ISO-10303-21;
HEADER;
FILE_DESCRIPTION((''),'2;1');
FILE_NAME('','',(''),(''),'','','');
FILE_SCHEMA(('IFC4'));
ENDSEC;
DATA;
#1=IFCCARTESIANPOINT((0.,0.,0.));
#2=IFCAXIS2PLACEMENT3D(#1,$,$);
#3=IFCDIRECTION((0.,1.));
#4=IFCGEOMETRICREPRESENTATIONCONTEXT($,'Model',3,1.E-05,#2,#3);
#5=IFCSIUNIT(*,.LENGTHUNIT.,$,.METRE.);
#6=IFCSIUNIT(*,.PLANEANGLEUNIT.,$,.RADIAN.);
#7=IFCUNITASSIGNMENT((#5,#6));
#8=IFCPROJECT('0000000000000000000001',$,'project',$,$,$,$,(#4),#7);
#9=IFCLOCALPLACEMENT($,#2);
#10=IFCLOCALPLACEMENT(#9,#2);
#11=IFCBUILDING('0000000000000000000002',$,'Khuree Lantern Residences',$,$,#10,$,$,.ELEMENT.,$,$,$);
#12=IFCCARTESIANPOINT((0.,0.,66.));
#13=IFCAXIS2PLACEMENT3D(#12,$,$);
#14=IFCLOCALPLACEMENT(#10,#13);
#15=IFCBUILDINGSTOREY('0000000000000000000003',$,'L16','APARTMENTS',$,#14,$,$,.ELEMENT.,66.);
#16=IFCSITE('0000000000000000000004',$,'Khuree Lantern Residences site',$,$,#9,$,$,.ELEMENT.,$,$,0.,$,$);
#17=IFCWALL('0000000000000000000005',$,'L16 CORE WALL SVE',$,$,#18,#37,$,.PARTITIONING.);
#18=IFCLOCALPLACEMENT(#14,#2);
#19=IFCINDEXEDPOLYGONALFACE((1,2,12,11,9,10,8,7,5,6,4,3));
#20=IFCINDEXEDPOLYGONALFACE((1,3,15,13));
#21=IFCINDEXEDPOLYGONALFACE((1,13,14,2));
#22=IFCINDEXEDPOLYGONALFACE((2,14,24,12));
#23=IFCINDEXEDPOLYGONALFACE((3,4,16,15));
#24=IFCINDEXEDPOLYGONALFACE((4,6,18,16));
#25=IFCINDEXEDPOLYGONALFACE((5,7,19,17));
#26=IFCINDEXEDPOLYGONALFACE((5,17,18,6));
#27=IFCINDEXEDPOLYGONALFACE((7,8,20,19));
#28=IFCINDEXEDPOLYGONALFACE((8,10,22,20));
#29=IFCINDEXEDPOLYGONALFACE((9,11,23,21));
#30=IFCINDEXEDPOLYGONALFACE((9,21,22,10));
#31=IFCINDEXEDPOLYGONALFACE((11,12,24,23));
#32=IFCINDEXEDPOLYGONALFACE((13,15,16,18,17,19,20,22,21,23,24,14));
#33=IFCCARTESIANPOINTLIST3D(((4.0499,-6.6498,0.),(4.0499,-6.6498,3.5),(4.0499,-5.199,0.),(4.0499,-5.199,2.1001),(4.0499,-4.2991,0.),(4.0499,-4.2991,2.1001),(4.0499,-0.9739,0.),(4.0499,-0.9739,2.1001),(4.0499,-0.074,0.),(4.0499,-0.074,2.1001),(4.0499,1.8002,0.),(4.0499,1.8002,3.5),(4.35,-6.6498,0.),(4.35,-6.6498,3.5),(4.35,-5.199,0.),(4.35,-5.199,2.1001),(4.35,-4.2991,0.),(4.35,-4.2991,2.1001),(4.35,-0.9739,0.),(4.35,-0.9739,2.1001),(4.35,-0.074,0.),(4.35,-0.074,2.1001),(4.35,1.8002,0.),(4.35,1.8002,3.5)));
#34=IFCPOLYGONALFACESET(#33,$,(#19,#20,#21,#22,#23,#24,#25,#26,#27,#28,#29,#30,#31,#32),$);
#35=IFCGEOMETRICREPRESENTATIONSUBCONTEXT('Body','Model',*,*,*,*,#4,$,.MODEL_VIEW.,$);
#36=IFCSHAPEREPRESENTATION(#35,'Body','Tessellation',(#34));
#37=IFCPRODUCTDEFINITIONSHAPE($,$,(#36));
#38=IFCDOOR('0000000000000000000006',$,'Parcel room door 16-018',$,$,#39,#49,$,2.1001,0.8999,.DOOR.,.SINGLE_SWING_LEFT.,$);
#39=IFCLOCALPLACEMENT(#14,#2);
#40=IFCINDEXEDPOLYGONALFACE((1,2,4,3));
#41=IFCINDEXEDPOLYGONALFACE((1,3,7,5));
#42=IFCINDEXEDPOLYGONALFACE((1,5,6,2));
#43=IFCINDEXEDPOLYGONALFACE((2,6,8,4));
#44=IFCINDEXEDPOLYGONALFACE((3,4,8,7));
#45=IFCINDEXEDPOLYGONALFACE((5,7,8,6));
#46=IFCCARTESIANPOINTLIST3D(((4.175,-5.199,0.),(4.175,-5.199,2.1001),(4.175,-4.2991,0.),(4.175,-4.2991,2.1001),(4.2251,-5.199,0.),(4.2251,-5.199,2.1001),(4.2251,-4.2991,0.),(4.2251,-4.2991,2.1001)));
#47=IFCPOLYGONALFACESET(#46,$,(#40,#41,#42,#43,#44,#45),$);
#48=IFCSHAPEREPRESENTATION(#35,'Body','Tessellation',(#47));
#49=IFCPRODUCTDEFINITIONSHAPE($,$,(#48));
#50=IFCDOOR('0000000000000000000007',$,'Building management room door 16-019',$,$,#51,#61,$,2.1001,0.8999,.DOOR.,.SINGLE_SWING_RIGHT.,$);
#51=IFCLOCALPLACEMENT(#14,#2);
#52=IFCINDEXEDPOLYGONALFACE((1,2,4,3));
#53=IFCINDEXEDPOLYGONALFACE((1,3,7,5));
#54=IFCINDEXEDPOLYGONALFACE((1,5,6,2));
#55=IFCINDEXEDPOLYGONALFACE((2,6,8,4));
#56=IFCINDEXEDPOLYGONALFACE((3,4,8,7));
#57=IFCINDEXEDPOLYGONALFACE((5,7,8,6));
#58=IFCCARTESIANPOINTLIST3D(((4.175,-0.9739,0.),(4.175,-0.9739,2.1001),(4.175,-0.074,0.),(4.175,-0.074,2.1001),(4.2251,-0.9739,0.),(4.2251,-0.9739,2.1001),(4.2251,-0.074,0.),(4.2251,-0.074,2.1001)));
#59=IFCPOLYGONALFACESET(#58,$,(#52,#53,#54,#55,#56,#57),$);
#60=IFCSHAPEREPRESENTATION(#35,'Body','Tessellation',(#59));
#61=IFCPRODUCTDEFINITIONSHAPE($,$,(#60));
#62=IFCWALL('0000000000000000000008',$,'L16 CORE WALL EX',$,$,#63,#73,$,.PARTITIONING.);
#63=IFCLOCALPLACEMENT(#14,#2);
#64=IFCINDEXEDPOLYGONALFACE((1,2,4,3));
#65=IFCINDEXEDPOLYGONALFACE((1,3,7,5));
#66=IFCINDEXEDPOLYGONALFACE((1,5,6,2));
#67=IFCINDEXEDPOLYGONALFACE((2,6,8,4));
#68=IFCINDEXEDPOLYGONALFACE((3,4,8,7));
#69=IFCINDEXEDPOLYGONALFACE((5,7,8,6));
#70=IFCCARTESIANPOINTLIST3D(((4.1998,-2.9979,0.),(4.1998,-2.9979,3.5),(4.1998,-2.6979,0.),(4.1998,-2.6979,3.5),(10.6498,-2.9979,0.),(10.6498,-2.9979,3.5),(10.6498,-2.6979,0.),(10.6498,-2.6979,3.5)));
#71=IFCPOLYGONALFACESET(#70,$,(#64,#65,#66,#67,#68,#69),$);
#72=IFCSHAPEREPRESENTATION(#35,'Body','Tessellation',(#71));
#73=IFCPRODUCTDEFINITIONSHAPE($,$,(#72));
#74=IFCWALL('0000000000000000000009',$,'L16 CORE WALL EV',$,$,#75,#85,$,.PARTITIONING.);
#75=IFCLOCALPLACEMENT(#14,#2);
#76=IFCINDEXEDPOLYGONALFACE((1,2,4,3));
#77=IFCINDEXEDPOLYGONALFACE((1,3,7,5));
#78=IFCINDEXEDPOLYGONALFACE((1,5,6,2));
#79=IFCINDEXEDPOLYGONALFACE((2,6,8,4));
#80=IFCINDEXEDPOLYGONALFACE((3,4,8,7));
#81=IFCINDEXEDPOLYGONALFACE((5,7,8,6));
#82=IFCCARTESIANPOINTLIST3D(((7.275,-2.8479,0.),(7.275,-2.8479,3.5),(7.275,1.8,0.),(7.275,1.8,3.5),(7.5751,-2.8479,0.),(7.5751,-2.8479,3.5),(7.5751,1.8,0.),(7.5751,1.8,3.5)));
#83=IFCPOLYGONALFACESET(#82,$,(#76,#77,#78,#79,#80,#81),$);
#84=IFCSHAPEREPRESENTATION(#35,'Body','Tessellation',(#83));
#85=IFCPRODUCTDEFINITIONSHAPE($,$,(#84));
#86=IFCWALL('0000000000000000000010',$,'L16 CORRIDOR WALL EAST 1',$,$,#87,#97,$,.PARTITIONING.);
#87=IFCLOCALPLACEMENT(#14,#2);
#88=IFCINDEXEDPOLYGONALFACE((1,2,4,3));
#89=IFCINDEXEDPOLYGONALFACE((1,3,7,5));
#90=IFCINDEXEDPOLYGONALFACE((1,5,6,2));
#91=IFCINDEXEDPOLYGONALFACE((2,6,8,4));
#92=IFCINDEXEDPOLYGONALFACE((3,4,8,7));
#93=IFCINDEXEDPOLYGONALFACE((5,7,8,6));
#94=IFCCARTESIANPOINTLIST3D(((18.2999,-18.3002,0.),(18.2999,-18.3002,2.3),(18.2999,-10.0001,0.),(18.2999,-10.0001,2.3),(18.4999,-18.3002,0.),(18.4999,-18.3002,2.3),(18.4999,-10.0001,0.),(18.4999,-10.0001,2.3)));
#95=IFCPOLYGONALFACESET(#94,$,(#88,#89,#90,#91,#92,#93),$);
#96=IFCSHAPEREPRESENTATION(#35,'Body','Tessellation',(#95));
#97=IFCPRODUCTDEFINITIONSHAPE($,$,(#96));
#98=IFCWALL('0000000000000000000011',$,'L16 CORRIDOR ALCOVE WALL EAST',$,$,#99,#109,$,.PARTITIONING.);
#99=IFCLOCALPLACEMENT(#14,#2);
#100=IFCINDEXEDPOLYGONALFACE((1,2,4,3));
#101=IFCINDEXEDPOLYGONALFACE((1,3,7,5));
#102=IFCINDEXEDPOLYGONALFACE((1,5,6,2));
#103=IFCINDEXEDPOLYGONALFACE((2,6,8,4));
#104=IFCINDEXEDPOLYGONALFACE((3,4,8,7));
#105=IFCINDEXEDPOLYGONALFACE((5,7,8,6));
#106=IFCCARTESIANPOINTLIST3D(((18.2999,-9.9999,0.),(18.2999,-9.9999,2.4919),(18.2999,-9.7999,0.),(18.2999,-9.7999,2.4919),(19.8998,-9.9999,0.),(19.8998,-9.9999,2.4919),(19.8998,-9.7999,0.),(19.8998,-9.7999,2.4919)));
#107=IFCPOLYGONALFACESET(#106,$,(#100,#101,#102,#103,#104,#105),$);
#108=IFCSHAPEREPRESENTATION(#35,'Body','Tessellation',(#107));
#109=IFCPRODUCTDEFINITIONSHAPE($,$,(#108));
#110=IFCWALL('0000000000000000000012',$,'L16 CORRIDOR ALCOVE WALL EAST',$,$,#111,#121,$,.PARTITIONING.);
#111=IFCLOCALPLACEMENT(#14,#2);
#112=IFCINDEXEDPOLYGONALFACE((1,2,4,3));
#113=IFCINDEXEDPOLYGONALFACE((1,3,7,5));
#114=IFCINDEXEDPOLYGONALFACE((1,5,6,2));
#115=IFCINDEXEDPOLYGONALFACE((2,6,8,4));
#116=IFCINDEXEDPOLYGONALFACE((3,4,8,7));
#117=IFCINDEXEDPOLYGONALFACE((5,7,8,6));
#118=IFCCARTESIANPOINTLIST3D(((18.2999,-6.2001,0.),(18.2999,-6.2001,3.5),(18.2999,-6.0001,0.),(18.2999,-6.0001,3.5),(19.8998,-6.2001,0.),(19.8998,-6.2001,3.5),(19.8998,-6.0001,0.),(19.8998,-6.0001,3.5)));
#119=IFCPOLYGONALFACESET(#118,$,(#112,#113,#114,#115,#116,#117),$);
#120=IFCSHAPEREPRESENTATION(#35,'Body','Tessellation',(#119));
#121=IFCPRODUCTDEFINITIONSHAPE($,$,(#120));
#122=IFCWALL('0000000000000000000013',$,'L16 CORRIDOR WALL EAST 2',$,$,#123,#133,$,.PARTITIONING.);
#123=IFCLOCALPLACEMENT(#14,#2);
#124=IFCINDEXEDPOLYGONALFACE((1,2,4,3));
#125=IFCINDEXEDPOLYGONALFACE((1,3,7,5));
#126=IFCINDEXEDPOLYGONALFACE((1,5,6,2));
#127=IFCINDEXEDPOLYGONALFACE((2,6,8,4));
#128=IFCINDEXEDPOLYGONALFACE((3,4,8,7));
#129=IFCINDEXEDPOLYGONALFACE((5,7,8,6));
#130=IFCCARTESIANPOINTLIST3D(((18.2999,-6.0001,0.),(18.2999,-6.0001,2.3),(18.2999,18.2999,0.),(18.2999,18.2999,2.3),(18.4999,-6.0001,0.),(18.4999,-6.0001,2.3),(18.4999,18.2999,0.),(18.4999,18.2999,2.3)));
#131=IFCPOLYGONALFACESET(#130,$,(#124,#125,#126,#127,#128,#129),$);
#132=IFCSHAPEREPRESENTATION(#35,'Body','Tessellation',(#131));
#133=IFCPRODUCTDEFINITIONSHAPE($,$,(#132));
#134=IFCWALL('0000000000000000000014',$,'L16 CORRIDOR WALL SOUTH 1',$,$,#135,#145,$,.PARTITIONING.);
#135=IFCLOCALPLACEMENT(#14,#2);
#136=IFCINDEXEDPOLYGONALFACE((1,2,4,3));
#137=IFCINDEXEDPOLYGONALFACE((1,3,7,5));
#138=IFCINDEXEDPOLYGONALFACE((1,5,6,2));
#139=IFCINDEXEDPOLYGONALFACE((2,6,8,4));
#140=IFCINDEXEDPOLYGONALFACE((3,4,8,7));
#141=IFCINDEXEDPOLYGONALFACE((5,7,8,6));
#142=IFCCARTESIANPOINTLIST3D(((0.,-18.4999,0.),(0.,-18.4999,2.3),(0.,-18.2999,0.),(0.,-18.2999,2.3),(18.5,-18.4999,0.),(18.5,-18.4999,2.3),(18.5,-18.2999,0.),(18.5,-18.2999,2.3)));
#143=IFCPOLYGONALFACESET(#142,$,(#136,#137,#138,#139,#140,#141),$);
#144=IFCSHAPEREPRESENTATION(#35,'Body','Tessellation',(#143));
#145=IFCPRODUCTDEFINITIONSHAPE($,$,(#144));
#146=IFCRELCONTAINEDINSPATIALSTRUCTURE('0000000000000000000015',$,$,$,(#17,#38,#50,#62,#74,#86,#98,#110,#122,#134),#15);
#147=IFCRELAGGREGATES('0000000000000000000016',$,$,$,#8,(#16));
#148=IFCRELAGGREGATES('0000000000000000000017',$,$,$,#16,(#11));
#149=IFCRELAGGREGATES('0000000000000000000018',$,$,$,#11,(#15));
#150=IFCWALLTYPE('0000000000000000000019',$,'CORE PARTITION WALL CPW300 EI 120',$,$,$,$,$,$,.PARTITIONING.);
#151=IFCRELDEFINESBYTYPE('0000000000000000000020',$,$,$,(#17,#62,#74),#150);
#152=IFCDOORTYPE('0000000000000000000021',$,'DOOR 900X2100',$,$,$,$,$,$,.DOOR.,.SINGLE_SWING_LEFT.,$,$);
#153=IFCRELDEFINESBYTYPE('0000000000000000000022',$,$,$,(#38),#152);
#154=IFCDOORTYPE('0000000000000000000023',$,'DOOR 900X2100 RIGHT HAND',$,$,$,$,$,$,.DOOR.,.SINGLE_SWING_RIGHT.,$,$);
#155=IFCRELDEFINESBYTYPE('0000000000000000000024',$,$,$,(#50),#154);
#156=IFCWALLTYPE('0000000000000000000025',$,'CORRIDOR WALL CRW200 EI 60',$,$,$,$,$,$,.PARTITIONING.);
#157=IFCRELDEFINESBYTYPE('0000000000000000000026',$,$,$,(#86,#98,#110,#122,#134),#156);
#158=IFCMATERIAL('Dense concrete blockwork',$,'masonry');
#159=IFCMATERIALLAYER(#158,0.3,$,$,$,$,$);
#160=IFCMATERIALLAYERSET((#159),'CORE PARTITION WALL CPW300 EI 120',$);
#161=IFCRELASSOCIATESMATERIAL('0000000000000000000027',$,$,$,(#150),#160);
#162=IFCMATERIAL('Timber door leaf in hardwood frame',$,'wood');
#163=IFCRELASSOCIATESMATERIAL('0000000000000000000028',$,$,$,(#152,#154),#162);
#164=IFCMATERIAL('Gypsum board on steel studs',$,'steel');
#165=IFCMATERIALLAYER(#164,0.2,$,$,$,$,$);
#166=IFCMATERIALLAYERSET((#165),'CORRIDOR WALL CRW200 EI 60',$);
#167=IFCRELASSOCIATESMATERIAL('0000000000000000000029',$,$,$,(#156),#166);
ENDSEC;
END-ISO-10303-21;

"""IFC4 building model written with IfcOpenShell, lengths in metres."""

from ifc_helpers import new_model, si_unit, direction, frame, frame_2d, origin, place, context, subcontext, project, spatial, rectangle, extrude, material, layer, layer_set, type_object, element, fill, save


model = new_model("IFC4")

# Units and contexts
model_context = context("Model", 3, precision=1e-05, world=origin(), true_north=direction((0.0, 1.0)))
body_context = subcontext(model_context, "Body", "Model", "MODEL_VIEW")
ifc_project = project(units=[si_unit("LENGTHUNIT", "METRE"), si_unit("PLANEANGLEUNIT", "RADIAN")], contexts=[model_context])

# Site, building, storey
site_placement = place(None, origin())
site = spatial("IfcSite", under=ifc_project, at=site_placement, Name="Khuree Lantern Residences site", CompositionType="ELEMENT", RefElevation=0.0)
building_placement = place(site_placement, origin())
building = spatial("IfcBuilding", under=site, at=building_placement, Name="Khuree Lantern Residences", CompositionType="ELEMENT")
storey_placement = place(building_placement, frame((0.0, 0.0, 66.0)))
storey = spatial("IfcBuildingStorey", under=building, at=storey_placement, Name="L16", Description="APARTMENTS", CompositionType="ELEMENT", Elevation=66.0)

# Shared definitions
ifc_material_1 = material(Name="Dense concrete blockwork", Category="masonry")
ifc_layer_1 = layer(ifc_material_1, 0.3)
ifc_layer_set_1 = layer_set([ifc_layer_1], Name="CORE PARTITION WALL CPW300 EI 120")
wall_type_1 = type_object("IfcWallType", Name="CORE PARTITION WALL CPW300 EI 120", PredefinedType="PARTITIONING", material=ifc_layer_set_1)

# Wall, openings, doors
wall_1_placement = place(storey_placement, frame((4.2, -6.6499, 0.0), z_axis=(0.0, 0.0, 1.0), x_axis=(0.0, 1.0, 0.0)))
wall_1 = element("IfcWall", 1, at=wall_1_placement, inside=storey, type_object=wall_type_1, Name="L16 CORE WALL SVE", PredefinedType="PARTITIONING", context=body_context, shape_type="SweptSolid", body=[
    extrude(rectangle(XDim=8.45, YDim=0.3, at=frame_2d((4.2251, 0.0))), origin(), (0.0, 0.0, 1.0), 3.5),
])
opening_1_placement = place(wall_1_placement, frame((1.4509, 0.0, 0.0)))
opening_1 = element("IfcOpeningElement", 2, at=opening_1_placement, cuts=wall_1, PredefinedType="OPENING", context=body_context, shape_type="SweptSolid", body=[
    extrude(rectangle(XDim=0.8999, YDim=2.1001, at=frame_2d((0.45, 1.05))), frame((0.0, 0.1602, 0.0), z_axis=(0.0, -1.0, 0.0), x_axis=(1.0, 0.0, 0.0)), (0.0, 0.0, 1.0), 0.3201),
])
opening_2_placement = place(wall_1_placement, frame((5.676, 0.0, 0.0)))
opening_2 = element("IfcOpeningElement", 3, at=opening_2_placement, cuts=wall_1, PredefinedType="OPENING", context=body_context, shape_type="SweptSolid", body=[
    extrude(rectangle(XDim=0.8999, YDim=2.1001, at=frame_2d((0.45, 1.05))), frame((0.0, 0.1602, 0.0), z_axis=(0.0, -1.0, 0.0), x_axis=(1.0, 0.0, 0.0)), (0.0, 0.0, 1.0), 0.3201),
])
ifc_material_2 = material(Name="Timber door leaf in hardwood frame", Category="wood")
door_type_1 = type_object("IfcDoorType", Name="DOOR 900X2100", OperationType="SINGLE_SWING_LEFT", PredefinedType="DOOR", material=ifc_material_2)
door_1_placement = place(opening_1_placement, origin())
door_1 = element("IfcDoor", 4, at=door_1_placement, inside=storey, type_object=door_type_1, Name="Parcel room door 16-018", OperationType="SINGLE_SWING_LEFT", OverallHeight=2.1001, OverallWidth=0.8999, PredefinedType="DOOR", context=body_context, shape_type="SweptSolid", body=[
    extrude(rectangle(XDim=0.8999, YDim=2.1001, at=frame_2d((0.45, 1.05))), frame((0.0, 0.0249, 0.0), z_axis=(0.0, -1.0, 0.0), x_axis=(1.0, 0.0, 0.0)), (0.0, 0.0, 1.0), 0.05),
])
fill(opening_1, door_1)
door_type_2 = type_object("IfcDoorType", Name="DOOR 900X2100 RIGHT HAND", OperationType="SINGLE_SWING_RIGHT", PredefinedType="DOOR", material=ifc_material_2)
door_2_placement = place(opening_2_placement, origin())
door_2 = element("IfcDoor", 5, at=door_2_placement, inside=storey, type_object=door_type_2, Name="Building management room door 16-019", OperationType="SINGLE_SWING_RIGHT", OverallHeight=2.1001, OverallWidth=0.8999, PredefinedType="DOOR", context=body_context, shape_type="SweptSolid", body=[
    extrude(rectangle(XDim=0.8999, YDim=2.1001, at=frame_2d((0.45, 1.05))), frame((0.0, 0.0249, 0.0), z_axis=(0.0, -1.0, 0.0), x_axis=(1.0, 0.0, 0.0)), (0.0, 0.0, 1.0), 0.05),
])
fill(opening_2, door_2)

# Walls
wall_2_placement = place(storey_placement, frame((10.6499, -2.8479, 0.0), z_axis=(0.0, 0.0, 1.0), x_axis=(-1.0, 0.0, 0.0)))
element("IfcWall", 6, at=wall_2_placement, inside=storey, type_object=wall_type_1, Name="L16 CORE WALL EX", PredefinedType="PARTITIONING", context=body_context, shape_type="SweptSolid", body=[
    extrude(rectangle(XDim=6.45, YDim=0.3, at=frame_2d((3.2251, 0.0))), origin(), (0.0, 0.0, 1.0), 3.5),
])
wall_3_placement = place(storey_placement, frame((7.425, -2.8479, 0.0), z_axis=(0.0, 0.0, 1.0), x_axis=(0.0, 1.0, 0.0)))
element("IfcWall", 7, at=wall_3_placement, inside=storey, type_object=wall_type_1, Name="L16 CORE WALL EV", PredefinedType="PARTITIONING", context=body_context, shape_type="SweptSolid", body=[
    extrude(rectangle(XDim=4.6479, YDim=0.3, at=frame_2d((2.324, 0.0))), origin(), (0.0, 0.0, 1.0), 3.5),
])
ifc_material_3 = material(Name="Gypsum board on steel studs", Category="steel")
ifc_layer_2 = layer(ifc_material_3, 0.2)
ifc_layer_set_2 = layer_set([ifc_layer_2], Name="CORRIDOR WALL CRW200 EI 60")
wall_type_2 = type_object("IfcWallType", Name="CORRIDOR WALL CRW200 EI 60", PredefinedType="PARTITIONING", material=ifc_layer_set_2)
wall_4_placement = place(storey_placement, frame((18.3999, -18.3, 0.0), z_axis=(0.0, 0.0, 1.0), x_axis=(0.0, 1.0, 0.0)))
element("IfcWall", 8, at=wall_4_placement, inside=storey, type_object=wall_type_2, Name="L16 CORRIDOR WALL EAST 1", PredefinedType="PARTITIONING", context=body_context, shape_type="SweptSolid", body=[
    extrude(rectangle(XDim=8.3, YDim=0.2, at=frame_2d((4.1499, 0.0))), origin(), (0.0, 0.0, 1.0), 2.3),
])
wall_5_placement = place(storey_placement, frame((18.3, -9.8999, 0.0), z_axis=(0.0, 0.0, 1.0), x_axis=(1.0, 0.0, 0.0)))
element("IfcWall", 9, at=wall_5_placement, inside=storey, type_object=wall_type_2, Name="L16 CORRIDOR ALCOVE WALL EAST", PredefinedType="PARTITIONING", context=body_context, shape_type="SweptSolid", body=[
    extrude(rectangle(XDim=1.5999, YDim=0.2, at=frame_2d((0.7998, 0.0))), origin(), (0.0, 0.0, 1.0), 2.4919),
])
wall_6_placement = place(storey_placement, frame((18.3, -6.1001, 0.0), z_axis=(0.0, 0.0, 1.0), x_axis=(1.0, 0.0, 0.0)))
element("IfcWall", 10, at=wall_6_placement, inside=storey, type_object=wall_type_2, Name="L16 CORRIDOR ALCOVE WALL EAST", PredefinedType="PARTITIONING", context=body_context, shape_type="SweptSolid", body=[
    extrude(rectangle(XDim=1.5999, YDim=0.2, at=frame_2d((0.7998, 0.0))), origin(), (0.0, 0.0, 1.0), 3.5),
])
wall_7_placement = place(storey_placement, frame((18.3999, -6.0, 0.0), z_axis=(0.0, 0.0, 1.0), x_axis=(0.0, 1.0, 0.0)))
element("IfcWall", 11, at=wall_7_placement, inside=storey, type_object=wall_type_2, Name="L16 CORRIDOR WALL EAST 2", PredefinedType="PARTITIONING", context=body_context, shape_type="SweptSolid", body=[
    extrude(rectangle(XDim=24.3, YDim=0.2, at=frame_2d((12.1499, 0.0))), origin(), (0.0, 0.0, 1.0), 2.3),
])
wall_8_placement = place(storey_placement, frame((18.5, -18.3999, 0.0), z_axis=(0.0, 0.0, 1.0), x_axis=(-1.0, 0.0, 0.0)))
element("IfcWall", 12, at=wall_8_placement, inside=storey, type_object=wall_type_2, Name="L16 CORRIDOR WALL SOUTH 1", PredefinedType="PARTITIONING", context=body_context, shape_type="SweptSolid", body=[
    extrude(rectangle(XDim=18.5, YDim=0.2, at=frame_2d((9.25, 0.0))), origin(), (0.0, 0.0, 1.0), 2.3),
])

save(model, "model.ifc")
